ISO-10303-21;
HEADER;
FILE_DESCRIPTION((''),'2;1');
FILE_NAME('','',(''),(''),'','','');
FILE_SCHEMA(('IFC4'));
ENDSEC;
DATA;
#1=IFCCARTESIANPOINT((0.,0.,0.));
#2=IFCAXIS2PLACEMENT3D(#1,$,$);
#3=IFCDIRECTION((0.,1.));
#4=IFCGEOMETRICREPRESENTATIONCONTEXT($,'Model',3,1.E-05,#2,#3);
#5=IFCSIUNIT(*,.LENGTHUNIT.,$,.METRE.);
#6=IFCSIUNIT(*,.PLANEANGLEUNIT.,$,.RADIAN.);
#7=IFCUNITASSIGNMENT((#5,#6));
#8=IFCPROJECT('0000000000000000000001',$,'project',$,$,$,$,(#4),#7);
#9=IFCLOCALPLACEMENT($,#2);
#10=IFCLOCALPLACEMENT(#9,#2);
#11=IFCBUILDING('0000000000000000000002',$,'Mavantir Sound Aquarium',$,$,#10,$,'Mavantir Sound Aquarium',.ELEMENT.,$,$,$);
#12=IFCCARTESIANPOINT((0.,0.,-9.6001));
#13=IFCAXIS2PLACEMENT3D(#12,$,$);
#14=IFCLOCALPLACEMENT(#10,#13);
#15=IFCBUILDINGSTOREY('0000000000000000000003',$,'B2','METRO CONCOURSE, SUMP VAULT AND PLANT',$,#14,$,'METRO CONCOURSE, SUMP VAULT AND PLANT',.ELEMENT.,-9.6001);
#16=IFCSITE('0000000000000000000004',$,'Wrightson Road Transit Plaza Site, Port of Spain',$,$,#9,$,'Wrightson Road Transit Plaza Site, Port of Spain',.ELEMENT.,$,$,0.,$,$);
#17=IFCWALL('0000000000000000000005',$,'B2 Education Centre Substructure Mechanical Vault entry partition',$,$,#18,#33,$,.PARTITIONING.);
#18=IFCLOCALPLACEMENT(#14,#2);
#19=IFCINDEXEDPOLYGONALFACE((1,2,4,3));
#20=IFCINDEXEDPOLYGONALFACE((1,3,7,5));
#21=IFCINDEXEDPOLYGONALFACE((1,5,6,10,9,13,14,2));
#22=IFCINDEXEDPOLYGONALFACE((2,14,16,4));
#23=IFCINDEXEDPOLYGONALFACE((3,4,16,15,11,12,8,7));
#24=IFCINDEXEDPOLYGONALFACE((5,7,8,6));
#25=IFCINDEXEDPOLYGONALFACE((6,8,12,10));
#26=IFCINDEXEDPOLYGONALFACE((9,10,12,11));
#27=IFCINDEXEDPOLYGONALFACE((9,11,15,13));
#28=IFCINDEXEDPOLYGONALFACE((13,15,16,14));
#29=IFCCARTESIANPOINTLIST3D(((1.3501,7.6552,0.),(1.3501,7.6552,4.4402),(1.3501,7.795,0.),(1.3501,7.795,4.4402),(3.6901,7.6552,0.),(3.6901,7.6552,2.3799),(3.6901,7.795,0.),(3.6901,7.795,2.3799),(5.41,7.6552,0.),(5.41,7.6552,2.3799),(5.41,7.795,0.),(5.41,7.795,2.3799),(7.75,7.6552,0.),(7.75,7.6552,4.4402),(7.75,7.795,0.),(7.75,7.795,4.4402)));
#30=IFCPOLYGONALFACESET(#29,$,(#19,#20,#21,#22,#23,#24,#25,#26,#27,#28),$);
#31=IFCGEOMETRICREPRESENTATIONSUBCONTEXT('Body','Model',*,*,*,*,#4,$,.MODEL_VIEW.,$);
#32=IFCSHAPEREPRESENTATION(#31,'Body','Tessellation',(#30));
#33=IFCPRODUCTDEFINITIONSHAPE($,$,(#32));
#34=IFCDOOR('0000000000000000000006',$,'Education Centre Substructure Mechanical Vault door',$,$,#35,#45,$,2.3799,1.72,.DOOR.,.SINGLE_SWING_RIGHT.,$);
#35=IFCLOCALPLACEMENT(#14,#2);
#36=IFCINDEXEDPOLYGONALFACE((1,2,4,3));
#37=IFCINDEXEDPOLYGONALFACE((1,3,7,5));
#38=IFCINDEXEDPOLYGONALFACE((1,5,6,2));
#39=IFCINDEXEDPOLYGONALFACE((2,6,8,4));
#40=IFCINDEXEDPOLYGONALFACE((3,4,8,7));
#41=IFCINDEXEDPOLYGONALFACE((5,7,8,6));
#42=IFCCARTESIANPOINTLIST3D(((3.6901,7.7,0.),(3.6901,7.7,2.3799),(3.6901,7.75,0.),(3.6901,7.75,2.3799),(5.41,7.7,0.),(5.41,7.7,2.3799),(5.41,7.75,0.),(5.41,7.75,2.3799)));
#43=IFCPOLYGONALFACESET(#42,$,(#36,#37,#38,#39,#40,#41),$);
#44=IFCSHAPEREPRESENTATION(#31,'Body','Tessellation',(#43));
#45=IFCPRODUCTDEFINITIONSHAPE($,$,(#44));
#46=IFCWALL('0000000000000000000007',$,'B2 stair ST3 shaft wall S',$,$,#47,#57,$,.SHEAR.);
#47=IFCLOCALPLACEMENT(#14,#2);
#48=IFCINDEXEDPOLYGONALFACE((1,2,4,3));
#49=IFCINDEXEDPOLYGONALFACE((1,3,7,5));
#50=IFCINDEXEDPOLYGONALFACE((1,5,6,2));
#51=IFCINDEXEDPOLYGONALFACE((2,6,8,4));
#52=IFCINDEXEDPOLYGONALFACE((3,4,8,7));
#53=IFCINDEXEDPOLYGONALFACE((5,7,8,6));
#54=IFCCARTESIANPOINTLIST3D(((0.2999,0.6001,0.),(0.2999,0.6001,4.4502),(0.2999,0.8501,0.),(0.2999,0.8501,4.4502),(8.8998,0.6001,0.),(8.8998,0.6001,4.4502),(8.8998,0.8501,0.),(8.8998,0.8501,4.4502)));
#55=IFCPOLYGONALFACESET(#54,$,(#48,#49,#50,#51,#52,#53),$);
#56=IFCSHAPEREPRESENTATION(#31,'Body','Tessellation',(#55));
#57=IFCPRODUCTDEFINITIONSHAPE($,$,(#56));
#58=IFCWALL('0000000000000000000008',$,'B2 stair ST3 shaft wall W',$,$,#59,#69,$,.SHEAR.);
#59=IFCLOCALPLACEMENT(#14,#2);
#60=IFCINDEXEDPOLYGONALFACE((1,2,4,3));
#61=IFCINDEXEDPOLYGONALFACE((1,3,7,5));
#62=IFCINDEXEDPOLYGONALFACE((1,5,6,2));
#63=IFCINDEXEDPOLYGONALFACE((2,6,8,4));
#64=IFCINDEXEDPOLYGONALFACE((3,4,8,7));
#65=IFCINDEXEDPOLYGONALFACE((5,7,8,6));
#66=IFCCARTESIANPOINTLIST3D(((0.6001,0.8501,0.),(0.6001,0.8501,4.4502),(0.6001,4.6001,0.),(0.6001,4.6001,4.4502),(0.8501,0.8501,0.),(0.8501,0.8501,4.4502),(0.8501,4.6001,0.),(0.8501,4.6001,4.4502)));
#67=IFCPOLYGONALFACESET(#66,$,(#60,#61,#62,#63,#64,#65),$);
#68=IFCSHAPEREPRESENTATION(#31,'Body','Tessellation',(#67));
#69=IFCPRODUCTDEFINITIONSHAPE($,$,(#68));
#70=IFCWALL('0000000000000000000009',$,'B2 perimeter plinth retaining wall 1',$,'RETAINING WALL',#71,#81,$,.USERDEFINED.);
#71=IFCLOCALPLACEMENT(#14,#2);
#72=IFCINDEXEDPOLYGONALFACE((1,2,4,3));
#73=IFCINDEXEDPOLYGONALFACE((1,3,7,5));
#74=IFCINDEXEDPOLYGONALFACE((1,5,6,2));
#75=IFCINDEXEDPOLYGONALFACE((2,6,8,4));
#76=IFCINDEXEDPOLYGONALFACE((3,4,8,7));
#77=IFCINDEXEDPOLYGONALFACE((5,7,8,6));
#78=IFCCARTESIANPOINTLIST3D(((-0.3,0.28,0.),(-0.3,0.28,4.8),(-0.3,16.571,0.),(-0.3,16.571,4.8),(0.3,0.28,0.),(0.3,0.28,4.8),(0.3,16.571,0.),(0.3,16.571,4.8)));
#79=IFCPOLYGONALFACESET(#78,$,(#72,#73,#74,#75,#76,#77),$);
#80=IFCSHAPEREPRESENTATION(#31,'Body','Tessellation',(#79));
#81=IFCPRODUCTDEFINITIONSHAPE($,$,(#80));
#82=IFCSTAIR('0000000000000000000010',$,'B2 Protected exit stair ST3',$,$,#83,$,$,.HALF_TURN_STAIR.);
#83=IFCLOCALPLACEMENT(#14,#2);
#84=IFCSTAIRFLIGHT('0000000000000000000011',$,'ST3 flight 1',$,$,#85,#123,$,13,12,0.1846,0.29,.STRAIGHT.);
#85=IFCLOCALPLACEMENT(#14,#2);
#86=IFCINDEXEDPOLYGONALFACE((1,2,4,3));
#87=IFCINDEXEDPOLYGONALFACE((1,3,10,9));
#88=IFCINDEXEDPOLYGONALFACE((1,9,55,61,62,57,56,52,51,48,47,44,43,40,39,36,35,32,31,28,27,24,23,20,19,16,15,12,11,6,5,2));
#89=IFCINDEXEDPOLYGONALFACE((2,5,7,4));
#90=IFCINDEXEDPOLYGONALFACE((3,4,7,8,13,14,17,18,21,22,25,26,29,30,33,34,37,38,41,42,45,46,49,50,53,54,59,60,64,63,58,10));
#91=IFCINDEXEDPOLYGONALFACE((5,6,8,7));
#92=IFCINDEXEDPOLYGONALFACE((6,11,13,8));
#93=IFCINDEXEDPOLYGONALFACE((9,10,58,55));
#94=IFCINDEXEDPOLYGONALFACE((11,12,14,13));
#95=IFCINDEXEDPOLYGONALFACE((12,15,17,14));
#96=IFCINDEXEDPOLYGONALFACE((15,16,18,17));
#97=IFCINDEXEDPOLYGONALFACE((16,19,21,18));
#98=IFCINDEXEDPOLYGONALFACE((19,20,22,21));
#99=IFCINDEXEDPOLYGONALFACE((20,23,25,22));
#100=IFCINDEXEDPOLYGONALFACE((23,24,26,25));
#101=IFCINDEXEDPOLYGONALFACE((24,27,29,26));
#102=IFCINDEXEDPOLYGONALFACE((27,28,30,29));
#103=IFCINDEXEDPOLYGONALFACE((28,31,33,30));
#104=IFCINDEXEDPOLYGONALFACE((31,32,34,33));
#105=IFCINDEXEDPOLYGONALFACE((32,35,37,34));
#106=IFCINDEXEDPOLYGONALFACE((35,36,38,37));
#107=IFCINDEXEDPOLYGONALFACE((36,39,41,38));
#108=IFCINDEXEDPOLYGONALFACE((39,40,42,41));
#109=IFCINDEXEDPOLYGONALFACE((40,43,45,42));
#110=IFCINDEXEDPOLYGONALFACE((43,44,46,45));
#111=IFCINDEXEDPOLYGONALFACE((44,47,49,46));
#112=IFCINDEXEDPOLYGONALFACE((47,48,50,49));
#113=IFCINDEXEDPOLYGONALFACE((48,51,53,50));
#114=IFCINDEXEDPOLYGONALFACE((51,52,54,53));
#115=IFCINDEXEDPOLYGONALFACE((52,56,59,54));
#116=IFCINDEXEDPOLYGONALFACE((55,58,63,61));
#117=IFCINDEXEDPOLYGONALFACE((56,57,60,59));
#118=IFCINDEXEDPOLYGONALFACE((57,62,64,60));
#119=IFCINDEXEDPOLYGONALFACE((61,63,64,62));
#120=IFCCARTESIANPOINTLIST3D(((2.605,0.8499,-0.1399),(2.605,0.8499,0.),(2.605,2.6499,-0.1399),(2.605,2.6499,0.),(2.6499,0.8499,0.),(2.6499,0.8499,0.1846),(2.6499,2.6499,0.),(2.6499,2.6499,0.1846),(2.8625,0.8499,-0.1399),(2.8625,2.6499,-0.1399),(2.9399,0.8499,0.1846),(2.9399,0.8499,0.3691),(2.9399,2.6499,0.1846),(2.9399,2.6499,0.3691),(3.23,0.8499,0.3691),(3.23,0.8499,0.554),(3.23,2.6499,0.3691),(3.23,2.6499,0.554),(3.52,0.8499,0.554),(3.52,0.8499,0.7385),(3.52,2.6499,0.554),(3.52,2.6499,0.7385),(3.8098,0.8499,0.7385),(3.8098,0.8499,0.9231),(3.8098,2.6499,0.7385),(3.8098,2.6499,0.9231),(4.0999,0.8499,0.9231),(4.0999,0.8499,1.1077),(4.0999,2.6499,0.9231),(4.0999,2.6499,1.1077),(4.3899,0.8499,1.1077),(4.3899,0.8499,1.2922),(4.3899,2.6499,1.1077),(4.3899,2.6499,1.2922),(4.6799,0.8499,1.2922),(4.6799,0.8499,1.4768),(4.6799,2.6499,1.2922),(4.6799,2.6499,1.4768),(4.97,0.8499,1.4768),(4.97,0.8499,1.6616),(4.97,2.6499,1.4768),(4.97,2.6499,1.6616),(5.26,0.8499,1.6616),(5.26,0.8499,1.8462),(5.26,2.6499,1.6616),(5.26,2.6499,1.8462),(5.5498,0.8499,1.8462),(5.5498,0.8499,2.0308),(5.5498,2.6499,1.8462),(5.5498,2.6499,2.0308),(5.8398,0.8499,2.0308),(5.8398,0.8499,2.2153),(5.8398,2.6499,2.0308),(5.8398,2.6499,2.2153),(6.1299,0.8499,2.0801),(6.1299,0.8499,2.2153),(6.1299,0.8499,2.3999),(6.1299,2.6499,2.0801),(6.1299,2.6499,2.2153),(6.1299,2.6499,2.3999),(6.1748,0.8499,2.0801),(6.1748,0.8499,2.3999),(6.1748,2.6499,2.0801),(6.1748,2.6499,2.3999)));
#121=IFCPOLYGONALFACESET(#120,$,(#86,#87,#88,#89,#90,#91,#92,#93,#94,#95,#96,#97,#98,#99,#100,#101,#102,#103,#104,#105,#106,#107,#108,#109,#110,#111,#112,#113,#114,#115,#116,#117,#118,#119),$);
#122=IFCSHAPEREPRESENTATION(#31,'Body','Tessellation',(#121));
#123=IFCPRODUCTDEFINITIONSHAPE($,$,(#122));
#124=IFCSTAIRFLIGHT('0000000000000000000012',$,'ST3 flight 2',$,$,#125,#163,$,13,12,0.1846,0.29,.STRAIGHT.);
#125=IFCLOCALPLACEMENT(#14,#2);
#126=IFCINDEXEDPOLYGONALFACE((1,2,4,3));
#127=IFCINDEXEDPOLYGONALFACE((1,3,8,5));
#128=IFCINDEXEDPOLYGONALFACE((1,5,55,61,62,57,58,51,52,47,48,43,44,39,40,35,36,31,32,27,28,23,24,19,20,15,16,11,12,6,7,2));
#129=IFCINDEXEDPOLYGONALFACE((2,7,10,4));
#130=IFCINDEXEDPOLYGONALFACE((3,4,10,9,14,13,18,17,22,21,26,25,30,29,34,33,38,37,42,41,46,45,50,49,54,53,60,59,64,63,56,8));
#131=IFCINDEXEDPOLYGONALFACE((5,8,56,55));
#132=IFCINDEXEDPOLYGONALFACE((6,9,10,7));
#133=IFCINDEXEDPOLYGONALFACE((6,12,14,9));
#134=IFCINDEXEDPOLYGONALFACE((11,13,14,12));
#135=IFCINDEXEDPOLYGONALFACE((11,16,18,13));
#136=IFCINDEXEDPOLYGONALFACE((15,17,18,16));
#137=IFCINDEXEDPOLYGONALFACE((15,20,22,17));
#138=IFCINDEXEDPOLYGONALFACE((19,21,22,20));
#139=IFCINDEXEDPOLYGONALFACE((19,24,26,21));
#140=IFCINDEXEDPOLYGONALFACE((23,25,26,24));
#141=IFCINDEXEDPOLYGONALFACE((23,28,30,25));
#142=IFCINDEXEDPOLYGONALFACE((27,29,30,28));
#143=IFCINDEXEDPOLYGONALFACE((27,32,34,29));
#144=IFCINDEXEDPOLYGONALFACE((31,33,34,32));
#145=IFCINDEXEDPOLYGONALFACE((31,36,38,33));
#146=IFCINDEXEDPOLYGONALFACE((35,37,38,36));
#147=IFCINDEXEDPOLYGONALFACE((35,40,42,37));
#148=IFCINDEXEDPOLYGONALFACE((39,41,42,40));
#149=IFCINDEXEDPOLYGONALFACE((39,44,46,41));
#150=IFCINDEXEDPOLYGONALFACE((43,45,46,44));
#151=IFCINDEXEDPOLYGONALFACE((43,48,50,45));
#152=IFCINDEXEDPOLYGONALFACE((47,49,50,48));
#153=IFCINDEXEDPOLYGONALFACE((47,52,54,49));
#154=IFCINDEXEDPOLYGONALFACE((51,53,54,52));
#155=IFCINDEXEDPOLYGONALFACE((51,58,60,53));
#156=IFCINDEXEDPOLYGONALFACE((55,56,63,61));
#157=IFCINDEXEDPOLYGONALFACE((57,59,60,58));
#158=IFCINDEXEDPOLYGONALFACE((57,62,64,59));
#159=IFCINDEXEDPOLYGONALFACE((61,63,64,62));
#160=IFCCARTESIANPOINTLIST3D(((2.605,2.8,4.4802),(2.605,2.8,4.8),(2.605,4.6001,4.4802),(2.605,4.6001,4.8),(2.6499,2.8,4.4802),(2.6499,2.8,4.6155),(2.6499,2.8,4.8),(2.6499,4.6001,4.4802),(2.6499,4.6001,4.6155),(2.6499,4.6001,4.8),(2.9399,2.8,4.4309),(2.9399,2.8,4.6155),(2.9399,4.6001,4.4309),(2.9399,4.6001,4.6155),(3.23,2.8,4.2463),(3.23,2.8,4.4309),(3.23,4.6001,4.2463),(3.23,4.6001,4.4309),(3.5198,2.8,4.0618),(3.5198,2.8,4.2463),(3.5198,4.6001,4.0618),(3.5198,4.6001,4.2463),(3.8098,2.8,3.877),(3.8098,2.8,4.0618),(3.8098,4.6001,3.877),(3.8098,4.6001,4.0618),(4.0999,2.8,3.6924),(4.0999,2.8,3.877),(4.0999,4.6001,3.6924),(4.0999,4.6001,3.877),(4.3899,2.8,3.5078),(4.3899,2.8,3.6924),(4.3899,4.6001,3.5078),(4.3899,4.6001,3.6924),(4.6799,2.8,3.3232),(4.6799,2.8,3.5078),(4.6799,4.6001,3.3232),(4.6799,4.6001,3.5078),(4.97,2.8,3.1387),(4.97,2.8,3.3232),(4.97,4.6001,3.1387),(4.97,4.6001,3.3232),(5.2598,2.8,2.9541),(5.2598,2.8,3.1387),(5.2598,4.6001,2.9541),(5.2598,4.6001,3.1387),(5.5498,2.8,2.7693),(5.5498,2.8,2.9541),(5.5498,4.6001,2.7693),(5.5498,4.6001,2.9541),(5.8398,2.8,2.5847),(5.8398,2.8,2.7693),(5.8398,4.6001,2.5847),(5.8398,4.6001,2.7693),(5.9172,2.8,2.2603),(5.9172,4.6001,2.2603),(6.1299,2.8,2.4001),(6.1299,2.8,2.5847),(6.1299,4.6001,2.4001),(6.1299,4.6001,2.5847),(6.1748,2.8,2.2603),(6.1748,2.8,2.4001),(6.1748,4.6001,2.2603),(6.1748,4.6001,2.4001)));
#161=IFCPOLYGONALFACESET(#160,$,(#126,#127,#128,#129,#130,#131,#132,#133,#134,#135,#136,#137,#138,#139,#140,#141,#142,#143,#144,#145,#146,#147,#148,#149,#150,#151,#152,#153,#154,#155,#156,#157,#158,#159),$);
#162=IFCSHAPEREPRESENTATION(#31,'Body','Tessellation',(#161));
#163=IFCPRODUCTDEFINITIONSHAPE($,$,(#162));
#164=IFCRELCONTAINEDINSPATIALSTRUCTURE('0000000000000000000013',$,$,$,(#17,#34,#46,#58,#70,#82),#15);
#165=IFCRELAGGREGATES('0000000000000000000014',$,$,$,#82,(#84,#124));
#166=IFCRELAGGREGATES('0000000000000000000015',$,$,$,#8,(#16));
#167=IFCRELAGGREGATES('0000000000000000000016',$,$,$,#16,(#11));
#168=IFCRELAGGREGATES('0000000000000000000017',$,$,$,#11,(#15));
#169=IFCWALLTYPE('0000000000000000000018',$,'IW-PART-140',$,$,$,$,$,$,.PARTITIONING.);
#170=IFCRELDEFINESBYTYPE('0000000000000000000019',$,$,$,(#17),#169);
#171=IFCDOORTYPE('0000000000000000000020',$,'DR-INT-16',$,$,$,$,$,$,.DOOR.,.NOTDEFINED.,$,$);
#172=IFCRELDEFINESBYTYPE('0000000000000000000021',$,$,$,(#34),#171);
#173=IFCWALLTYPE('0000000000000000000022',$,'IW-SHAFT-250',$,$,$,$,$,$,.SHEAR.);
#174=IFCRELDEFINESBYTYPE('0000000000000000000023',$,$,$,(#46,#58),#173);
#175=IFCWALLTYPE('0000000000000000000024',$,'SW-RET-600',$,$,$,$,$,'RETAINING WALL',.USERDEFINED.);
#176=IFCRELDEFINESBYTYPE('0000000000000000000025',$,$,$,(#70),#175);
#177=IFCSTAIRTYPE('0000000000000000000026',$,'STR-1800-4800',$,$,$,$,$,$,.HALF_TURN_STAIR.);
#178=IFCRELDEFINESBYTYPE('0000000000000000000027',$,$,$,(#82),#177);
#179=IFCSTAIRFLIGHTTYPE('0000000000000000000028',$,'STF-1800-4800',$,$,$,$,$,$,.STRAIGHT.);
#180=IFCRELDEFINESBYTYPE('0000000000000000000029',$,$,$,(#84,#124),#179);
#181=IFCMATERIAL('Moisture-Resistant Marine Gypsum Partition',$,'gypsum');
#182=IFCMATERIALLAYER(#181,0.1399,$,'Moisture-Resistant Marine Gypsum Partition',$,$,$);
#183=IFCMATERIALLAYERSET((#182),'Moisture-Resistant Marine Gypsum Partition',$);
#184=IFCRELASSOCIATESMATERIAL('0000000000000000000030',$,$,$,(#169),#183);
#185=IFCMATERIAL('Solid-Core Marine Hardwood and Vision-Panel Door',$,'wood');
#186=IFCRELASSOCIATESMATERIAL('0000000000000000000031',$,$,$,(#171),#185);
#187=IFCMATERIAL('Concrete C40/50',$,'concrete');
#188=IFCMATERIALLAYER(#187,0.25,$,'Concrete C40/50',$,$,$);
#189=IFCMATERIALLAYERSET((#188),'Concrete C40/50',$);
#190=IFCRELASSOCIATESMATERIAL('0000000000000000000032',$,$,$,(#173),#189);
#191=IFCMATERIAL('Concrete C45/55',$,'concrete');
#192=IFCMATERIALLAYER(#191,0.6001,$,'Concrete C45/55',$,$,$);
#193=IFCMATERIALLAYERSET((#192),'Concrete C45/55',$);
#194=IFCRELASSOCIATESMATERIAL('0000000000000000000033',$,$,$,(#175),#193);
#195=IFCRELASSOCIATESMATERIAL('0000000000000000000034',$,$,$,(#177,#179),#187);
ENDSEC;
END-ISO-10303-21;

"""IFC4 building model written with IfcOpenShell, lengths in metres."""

from ifc_helpers import new_model, si_unit, direction, frame, frame_2d, origin, place, context, subcontext, project, spatial, polyline, rectangle, outline, extrude, material, layer, layer_set, type_object, element, fill, aggregate, save


model = new_model("IFC4")

# Units and contexts
model_context = context("Model", 3, precision=1e-05, world=origin(), true_north=direction((0.0, 1.0)))
body_context = subcontext(model_context, "Body", "Model", "MODEL_VIEW")
ifc_project = project(units=[si_unit("LENGTHUNIT", "METRE"), si_unit("PLANEANGLEUNIT", "RADIAN")], contexts=[model_context])

# Site, building, storey
site_placement = place(None, origin())
site = spatial("IfcSite", under=ifc_project, at=site_placement, Name="Wrightson Road Transit Plaza Site, Port of Spain", LongName="Wrightson Road Transit Plaza Site, Port of Spain", CompositionType="ELEMENT", RefElevation=0.0)
building_placement = place(site_placement, origin())
building = spatial("IfcBuilding", under=site, at=building_placement, Name="Mavantir Sound Aquarium", LongName="Mavantir Sound Aquarium", CompositionType="ELEMENT")
storey_placement = place(building_placement, frame((0.0, 0.0, -9.6001)))
storey = spatial("IfcBuildingStorey", under=building, at=storey_placement, Name="B2", Description="METRO CONCOURSE, SUMP VAULT AND PLANT", LongName="METRO CONCOURSE, SUMP VAULT AND PLANT", CompositionType="ELEMENT", Elevation=-9.6001)

# Shared definitions
ifc_material_1 = material(Name="Concrete C40/50", Category="concrete")

# Wall, opening, door
ifc_material_2 = material(Name="Moisture-Resistant Marine Gypsum Partition", Category="gypsum")
ifc_layer_1 = layer(ifc_material_2, 0.1399, Name="Moisture-Resistant Marine Gypsum Partition")
ifc_layer_set_1 = layer_set([ifc_layer_1], Name="Moisture-Resistant Marine Gypsum Partition")
wall_type_1 = type_object("IfcWallType", Name="IW-PART-140", PredefinedType="PARTITIONING", material=ifc_layer_set_1)
wall_1_placement = place(storey_placement, frame((1.3501, 7.7251, 0.0), z_axis=(0.0, 0.0, 1.0), x_axis=(1.0, 0.0, 0.0)))
wall_1 = element("IfcWall", 1, at=wall_1_placement, inside=storey, type_object=wall_type_1, Name="B2 Education Centre Substructure Mechanical Vault entry partition", PredefinedType="PARTITIONING", context=body_context, shape_type="SweptSolid", body=[
    extrude(rectangle(XDim=6.3999, YDim=0.1399, at=frame_2d((3.2, 0.0))), origin(), (0.0, 0.0, 1.0), 4.4402),
])
opening_placement = place(wall_1_placement, frame((2.3401, 0.0, 0.0)))
opening = element("IfcOpeningElement", 2, at=opening_placement, cuts=wall_1, PredefinedType="OPENING", context=body_context, shape_type="SweptSolid", body=[
    extrude(rectangle(XDim=1.72, YDim=2.3799, at=frame_2d((0.8599, 1.1899))), frame((0.0, 0.0801, 0.0), z_axis=(0.0, -1.0, 0.0), x_axis=(1.0, 0.0, 0.0)), (0.0, 0.0, 1.0), 0.1599),
])
ifc_material_3 = material(Name="Solid-Core Marine Hardwood and Vision-Panel Door", Category="wood")
door_type = type_object("IfcDoorType", Name="DR-INT-16", OperationType="NOTDEFINED", PredefinedType="DOOR", material=ifc_material_3)
door_placement = place(opening_placement, origin())
door = element("IfcDoor", 3, at=door_placement, inside=storey, type_object=door_type, Name="Education Centre Substructure Mechanical Vault door", OperationType="SINGLE_SWING_RIGHT", OverallHeight=2.3799, OverallWidth=1.72, PredefinedType="DOOR", context=body_context, shape_type="SweptSolid", body=[
    extrude(rectangle(XDim=1.72, YDim=2.3799, at=frame_2d((0.8599, 1.1899))), frame((0.0, 0.0249, 0.0), z_axis=(0.0, -1.0, 0.0), x_axis=(1.0, 0.0, 0.0)), (0.0, 0.0, 1.0), 0.05),
])
fill(opening, door)

# Walls
ifc_layer_2 = layer(ifc_material_1, 0.25, Name="Concrete C40/50")
ifc_layer_set_2 = layer_set([ifc_layer_2], Name="Concrete C40/50")
wall_type_2 = type_object("IfcWallType", Name="IW-SHAFT-250", PredefinedType="SHEAR", material=ifc_layer_set_2)
wall_2_placement = place(storey_placement, frame((0.3, 0.7251, 0.0), z_axis=(0.0, 0.0, 1.0), x_axis=(1.0, 0.0, 0.0)))
element("IfcWall", 4, at=wall_2_placement, inside=storey, type_object=wall_type_2, Name="B2 stair ST3 shaft wall S", PredefinedType="SHEAR", context=body_context, shape_type="SweptSolid", body=[
    extrude(rectangle(XDim=8.5999, YDim=0.25, at=frame_2d((4.2998, 0.0))), origin(), (0.0, 0.0, 1.0), 4.4502),
])
wall_3_placement = place(storey_placement, frame((0.7251, 4.6001, 0.0), z_axis=(0.0, 0.0, 1.0), x_axis=(0.0, -1.0, 0.0)))
element("IfcWall", 5, at=wall_3_placement, inside=storey, type_object=wall_type_2, Name="B2 stair ST3 shaft wall W", PredefinedType="SHEAR", context=body_context, shape_type="SweptSolid", body=[
    extrude(rectangle(XDim=3.75, YDim=0.25, at=frame_2d((1.875, 0.0))), origin(), (0.0, 0.0, 1.0), 4.4502),
])
ifc_material_4 = material(Name="Concrete C45/55", Category="concrete")
ifc_layer_3 = layer(ifc_material_4, 0.6001, Name="Concrete C45/55")
ifc_layer_set_3 = layer_set([ifc_layer_3], Name="Concrete C45/55")
wall_type_3 = type_object("IfcWallType", Name="SW-RET-600", ElementType="RETAINING WALL", PredefinedType="USERDEFINED", material=ifc_layer_set_3)
wall_4_placement = place(storey_placement, frame((0.0, 0.28, 0.0), z_axis=(0.0, 0.0, 1.0), x_axis=(0.0, 1.0, 0.0)))
element("IfcWall", 6, at=wall_4_placement, inside=storey, type_object=wall_type_3, Name="B2 perimeter plinth retaining wall 1", ObjectType="RETAINING WALL", PredefinedType="USERDEFINED", context=body_context, shape_type="SweptSolid", body=[
    extrude(rectangle(XDim=16.291, YDim=0.6001, at=frame_2d((8.1455, 0.0))), origin(), (0.0, 0.0, 1.0), 4.8),
])

# Stair, stair flights
stair_type = type_object("IfcStairType", Name="STR-1800-4800", PredefinedType="HALF_TURN_STAIR", material=ifc_material_1)
stair_placement = place(storey_placement, origin())
stair = element("IfcStair", 7, at=stair_placement, inside=storey, type_object=stair_type, Name="B2 Protected exit stair ST3", PredefinedType="HALF_TURN_STAIR")
stair_flight_type = type_object("IfcStairFlightType", Name="STF-1800-4800", PredefinedType="STRAIGHT", material=ifc_material_1)
stair_flight_1_placement = place(storey_placement, frame((2.6499, 1.75, 0.0), z_axis=(0.0, 0.0, 1.0), x_axis=(1.0, 0.0, 0.0)))
stair_flight_1 = element("IfcStairFlight", 8, at=stair_flight_1_placement, type_object=stair_flight_type, Name="ST3 flight 1", NumberOfRisers=13, NumberOfTreads=12, PredefinedType="STRAIGHT", RiserHeight=0.1846, TreadLength=0.29, context=body_context, shape_type="SweptSolid", body=[
    extrude(outline(polyline([(-0.0449, -0.1399), (-0.0449, 0.0), (0.0, 0.0), (0.0, 0.1846), (0.29, 0.1846), (0.29, 0.3691), (0.5801, 0.3691), (0.5801, 0.554), (0.8701, 0.554), (0.8701, 0.7385), (1.1599, 0.7385), (1.1599, 0.9231), (1.45, 0.9231), (1.45, 1.1077), (1.74, 1.1077), (1.74, 1.2922), (2.03, 1.2922), (2.03, 1.4768), (2.3201, 1.4768), (2.3201, 1.6616), (2.6101, 1.6616), (2.6101, 1.8462), (2.8999, 1.8462), (2.8999, 2.0308), (3.1899, 2.0308), (3.1899, 2.2153), (3.48, 2.2153), (3.48, 2.3999), (3.5249, 2.3999), (3.5249, 2.0801), (3.48, 2.0801), (0.2126, -0.1399), (-0.0449, -0.1399)])), frame((0.0, 0.8999, 0.0), z_axis=(0.0, -1.0, 0.0), x_axis=(1.0, 0.0, 0.0)), (0.0, 0.0, 1.0), 1.8),
])
stair_flight_2_placement = place(storey_placement, frame((6.1299, 3.7, 2.4001), z_axis=(0.0, 0.0, 1.0), x_axis=(-1.0, 0.0, 0.0)))
stair_flight_2 = element("IfcStairFlight", 9, at=stair_flight_2_placement, type_object=stair_flight_type, Name="ST3 flight 2", NumberOfRisers=13, NumberOfTreads=12, PredefinedType="STRAIGHT", RiserHeight=0.1846, TreadLength=0.29, context=body_context, shape_type="SweptSolid", body=[
    extrude(outline(polyline([(-0.0449, -0.1399), (-0.0449, 0.0), (0.0, 0.0), (0.0, 0.1846), (0.29, 0.1846), (0.29, 0.3691), (0.5801, 0.3691), (0.5801, 0.554), (0.8701, 0.554), (0.8701, 0.7385), (1.1599, 0.7385), (1.1599, 0.9231), (1.45, 0.9231), (1.45, 1.1077), (1.74, 1.1077), (1.74, 1.2922), (2.03, 1.2922), (2.03, 1.4768), (2.3201, 1.4768), (2.3201, 1.6616), (2.6101, 1.6616), (2.6101, 1.8462), (2.8999, 1.8462), (2.8999, 2.0308), (3.1899, 2.0308), (3.1899, 2.2153), (3.48, 2.2153), (3.48, 2.3999), (3.5249, 2.3999), (3.5249, 2.0801), (3.48, 2.0801), (0.2126, -0.1399), (-0.0449, -0.1399)])), frame((0.0, 0.8999, 0.0), z_axis=(0.0, -1.0, 0.0), x_axis=(1.0, 0.0, 0.0)), (0.0, 0.0, 1.0), 1.8),
])
aggregate(stair, [stair_flight_1, stair_flight_2])

save(model, "model.ifc")
